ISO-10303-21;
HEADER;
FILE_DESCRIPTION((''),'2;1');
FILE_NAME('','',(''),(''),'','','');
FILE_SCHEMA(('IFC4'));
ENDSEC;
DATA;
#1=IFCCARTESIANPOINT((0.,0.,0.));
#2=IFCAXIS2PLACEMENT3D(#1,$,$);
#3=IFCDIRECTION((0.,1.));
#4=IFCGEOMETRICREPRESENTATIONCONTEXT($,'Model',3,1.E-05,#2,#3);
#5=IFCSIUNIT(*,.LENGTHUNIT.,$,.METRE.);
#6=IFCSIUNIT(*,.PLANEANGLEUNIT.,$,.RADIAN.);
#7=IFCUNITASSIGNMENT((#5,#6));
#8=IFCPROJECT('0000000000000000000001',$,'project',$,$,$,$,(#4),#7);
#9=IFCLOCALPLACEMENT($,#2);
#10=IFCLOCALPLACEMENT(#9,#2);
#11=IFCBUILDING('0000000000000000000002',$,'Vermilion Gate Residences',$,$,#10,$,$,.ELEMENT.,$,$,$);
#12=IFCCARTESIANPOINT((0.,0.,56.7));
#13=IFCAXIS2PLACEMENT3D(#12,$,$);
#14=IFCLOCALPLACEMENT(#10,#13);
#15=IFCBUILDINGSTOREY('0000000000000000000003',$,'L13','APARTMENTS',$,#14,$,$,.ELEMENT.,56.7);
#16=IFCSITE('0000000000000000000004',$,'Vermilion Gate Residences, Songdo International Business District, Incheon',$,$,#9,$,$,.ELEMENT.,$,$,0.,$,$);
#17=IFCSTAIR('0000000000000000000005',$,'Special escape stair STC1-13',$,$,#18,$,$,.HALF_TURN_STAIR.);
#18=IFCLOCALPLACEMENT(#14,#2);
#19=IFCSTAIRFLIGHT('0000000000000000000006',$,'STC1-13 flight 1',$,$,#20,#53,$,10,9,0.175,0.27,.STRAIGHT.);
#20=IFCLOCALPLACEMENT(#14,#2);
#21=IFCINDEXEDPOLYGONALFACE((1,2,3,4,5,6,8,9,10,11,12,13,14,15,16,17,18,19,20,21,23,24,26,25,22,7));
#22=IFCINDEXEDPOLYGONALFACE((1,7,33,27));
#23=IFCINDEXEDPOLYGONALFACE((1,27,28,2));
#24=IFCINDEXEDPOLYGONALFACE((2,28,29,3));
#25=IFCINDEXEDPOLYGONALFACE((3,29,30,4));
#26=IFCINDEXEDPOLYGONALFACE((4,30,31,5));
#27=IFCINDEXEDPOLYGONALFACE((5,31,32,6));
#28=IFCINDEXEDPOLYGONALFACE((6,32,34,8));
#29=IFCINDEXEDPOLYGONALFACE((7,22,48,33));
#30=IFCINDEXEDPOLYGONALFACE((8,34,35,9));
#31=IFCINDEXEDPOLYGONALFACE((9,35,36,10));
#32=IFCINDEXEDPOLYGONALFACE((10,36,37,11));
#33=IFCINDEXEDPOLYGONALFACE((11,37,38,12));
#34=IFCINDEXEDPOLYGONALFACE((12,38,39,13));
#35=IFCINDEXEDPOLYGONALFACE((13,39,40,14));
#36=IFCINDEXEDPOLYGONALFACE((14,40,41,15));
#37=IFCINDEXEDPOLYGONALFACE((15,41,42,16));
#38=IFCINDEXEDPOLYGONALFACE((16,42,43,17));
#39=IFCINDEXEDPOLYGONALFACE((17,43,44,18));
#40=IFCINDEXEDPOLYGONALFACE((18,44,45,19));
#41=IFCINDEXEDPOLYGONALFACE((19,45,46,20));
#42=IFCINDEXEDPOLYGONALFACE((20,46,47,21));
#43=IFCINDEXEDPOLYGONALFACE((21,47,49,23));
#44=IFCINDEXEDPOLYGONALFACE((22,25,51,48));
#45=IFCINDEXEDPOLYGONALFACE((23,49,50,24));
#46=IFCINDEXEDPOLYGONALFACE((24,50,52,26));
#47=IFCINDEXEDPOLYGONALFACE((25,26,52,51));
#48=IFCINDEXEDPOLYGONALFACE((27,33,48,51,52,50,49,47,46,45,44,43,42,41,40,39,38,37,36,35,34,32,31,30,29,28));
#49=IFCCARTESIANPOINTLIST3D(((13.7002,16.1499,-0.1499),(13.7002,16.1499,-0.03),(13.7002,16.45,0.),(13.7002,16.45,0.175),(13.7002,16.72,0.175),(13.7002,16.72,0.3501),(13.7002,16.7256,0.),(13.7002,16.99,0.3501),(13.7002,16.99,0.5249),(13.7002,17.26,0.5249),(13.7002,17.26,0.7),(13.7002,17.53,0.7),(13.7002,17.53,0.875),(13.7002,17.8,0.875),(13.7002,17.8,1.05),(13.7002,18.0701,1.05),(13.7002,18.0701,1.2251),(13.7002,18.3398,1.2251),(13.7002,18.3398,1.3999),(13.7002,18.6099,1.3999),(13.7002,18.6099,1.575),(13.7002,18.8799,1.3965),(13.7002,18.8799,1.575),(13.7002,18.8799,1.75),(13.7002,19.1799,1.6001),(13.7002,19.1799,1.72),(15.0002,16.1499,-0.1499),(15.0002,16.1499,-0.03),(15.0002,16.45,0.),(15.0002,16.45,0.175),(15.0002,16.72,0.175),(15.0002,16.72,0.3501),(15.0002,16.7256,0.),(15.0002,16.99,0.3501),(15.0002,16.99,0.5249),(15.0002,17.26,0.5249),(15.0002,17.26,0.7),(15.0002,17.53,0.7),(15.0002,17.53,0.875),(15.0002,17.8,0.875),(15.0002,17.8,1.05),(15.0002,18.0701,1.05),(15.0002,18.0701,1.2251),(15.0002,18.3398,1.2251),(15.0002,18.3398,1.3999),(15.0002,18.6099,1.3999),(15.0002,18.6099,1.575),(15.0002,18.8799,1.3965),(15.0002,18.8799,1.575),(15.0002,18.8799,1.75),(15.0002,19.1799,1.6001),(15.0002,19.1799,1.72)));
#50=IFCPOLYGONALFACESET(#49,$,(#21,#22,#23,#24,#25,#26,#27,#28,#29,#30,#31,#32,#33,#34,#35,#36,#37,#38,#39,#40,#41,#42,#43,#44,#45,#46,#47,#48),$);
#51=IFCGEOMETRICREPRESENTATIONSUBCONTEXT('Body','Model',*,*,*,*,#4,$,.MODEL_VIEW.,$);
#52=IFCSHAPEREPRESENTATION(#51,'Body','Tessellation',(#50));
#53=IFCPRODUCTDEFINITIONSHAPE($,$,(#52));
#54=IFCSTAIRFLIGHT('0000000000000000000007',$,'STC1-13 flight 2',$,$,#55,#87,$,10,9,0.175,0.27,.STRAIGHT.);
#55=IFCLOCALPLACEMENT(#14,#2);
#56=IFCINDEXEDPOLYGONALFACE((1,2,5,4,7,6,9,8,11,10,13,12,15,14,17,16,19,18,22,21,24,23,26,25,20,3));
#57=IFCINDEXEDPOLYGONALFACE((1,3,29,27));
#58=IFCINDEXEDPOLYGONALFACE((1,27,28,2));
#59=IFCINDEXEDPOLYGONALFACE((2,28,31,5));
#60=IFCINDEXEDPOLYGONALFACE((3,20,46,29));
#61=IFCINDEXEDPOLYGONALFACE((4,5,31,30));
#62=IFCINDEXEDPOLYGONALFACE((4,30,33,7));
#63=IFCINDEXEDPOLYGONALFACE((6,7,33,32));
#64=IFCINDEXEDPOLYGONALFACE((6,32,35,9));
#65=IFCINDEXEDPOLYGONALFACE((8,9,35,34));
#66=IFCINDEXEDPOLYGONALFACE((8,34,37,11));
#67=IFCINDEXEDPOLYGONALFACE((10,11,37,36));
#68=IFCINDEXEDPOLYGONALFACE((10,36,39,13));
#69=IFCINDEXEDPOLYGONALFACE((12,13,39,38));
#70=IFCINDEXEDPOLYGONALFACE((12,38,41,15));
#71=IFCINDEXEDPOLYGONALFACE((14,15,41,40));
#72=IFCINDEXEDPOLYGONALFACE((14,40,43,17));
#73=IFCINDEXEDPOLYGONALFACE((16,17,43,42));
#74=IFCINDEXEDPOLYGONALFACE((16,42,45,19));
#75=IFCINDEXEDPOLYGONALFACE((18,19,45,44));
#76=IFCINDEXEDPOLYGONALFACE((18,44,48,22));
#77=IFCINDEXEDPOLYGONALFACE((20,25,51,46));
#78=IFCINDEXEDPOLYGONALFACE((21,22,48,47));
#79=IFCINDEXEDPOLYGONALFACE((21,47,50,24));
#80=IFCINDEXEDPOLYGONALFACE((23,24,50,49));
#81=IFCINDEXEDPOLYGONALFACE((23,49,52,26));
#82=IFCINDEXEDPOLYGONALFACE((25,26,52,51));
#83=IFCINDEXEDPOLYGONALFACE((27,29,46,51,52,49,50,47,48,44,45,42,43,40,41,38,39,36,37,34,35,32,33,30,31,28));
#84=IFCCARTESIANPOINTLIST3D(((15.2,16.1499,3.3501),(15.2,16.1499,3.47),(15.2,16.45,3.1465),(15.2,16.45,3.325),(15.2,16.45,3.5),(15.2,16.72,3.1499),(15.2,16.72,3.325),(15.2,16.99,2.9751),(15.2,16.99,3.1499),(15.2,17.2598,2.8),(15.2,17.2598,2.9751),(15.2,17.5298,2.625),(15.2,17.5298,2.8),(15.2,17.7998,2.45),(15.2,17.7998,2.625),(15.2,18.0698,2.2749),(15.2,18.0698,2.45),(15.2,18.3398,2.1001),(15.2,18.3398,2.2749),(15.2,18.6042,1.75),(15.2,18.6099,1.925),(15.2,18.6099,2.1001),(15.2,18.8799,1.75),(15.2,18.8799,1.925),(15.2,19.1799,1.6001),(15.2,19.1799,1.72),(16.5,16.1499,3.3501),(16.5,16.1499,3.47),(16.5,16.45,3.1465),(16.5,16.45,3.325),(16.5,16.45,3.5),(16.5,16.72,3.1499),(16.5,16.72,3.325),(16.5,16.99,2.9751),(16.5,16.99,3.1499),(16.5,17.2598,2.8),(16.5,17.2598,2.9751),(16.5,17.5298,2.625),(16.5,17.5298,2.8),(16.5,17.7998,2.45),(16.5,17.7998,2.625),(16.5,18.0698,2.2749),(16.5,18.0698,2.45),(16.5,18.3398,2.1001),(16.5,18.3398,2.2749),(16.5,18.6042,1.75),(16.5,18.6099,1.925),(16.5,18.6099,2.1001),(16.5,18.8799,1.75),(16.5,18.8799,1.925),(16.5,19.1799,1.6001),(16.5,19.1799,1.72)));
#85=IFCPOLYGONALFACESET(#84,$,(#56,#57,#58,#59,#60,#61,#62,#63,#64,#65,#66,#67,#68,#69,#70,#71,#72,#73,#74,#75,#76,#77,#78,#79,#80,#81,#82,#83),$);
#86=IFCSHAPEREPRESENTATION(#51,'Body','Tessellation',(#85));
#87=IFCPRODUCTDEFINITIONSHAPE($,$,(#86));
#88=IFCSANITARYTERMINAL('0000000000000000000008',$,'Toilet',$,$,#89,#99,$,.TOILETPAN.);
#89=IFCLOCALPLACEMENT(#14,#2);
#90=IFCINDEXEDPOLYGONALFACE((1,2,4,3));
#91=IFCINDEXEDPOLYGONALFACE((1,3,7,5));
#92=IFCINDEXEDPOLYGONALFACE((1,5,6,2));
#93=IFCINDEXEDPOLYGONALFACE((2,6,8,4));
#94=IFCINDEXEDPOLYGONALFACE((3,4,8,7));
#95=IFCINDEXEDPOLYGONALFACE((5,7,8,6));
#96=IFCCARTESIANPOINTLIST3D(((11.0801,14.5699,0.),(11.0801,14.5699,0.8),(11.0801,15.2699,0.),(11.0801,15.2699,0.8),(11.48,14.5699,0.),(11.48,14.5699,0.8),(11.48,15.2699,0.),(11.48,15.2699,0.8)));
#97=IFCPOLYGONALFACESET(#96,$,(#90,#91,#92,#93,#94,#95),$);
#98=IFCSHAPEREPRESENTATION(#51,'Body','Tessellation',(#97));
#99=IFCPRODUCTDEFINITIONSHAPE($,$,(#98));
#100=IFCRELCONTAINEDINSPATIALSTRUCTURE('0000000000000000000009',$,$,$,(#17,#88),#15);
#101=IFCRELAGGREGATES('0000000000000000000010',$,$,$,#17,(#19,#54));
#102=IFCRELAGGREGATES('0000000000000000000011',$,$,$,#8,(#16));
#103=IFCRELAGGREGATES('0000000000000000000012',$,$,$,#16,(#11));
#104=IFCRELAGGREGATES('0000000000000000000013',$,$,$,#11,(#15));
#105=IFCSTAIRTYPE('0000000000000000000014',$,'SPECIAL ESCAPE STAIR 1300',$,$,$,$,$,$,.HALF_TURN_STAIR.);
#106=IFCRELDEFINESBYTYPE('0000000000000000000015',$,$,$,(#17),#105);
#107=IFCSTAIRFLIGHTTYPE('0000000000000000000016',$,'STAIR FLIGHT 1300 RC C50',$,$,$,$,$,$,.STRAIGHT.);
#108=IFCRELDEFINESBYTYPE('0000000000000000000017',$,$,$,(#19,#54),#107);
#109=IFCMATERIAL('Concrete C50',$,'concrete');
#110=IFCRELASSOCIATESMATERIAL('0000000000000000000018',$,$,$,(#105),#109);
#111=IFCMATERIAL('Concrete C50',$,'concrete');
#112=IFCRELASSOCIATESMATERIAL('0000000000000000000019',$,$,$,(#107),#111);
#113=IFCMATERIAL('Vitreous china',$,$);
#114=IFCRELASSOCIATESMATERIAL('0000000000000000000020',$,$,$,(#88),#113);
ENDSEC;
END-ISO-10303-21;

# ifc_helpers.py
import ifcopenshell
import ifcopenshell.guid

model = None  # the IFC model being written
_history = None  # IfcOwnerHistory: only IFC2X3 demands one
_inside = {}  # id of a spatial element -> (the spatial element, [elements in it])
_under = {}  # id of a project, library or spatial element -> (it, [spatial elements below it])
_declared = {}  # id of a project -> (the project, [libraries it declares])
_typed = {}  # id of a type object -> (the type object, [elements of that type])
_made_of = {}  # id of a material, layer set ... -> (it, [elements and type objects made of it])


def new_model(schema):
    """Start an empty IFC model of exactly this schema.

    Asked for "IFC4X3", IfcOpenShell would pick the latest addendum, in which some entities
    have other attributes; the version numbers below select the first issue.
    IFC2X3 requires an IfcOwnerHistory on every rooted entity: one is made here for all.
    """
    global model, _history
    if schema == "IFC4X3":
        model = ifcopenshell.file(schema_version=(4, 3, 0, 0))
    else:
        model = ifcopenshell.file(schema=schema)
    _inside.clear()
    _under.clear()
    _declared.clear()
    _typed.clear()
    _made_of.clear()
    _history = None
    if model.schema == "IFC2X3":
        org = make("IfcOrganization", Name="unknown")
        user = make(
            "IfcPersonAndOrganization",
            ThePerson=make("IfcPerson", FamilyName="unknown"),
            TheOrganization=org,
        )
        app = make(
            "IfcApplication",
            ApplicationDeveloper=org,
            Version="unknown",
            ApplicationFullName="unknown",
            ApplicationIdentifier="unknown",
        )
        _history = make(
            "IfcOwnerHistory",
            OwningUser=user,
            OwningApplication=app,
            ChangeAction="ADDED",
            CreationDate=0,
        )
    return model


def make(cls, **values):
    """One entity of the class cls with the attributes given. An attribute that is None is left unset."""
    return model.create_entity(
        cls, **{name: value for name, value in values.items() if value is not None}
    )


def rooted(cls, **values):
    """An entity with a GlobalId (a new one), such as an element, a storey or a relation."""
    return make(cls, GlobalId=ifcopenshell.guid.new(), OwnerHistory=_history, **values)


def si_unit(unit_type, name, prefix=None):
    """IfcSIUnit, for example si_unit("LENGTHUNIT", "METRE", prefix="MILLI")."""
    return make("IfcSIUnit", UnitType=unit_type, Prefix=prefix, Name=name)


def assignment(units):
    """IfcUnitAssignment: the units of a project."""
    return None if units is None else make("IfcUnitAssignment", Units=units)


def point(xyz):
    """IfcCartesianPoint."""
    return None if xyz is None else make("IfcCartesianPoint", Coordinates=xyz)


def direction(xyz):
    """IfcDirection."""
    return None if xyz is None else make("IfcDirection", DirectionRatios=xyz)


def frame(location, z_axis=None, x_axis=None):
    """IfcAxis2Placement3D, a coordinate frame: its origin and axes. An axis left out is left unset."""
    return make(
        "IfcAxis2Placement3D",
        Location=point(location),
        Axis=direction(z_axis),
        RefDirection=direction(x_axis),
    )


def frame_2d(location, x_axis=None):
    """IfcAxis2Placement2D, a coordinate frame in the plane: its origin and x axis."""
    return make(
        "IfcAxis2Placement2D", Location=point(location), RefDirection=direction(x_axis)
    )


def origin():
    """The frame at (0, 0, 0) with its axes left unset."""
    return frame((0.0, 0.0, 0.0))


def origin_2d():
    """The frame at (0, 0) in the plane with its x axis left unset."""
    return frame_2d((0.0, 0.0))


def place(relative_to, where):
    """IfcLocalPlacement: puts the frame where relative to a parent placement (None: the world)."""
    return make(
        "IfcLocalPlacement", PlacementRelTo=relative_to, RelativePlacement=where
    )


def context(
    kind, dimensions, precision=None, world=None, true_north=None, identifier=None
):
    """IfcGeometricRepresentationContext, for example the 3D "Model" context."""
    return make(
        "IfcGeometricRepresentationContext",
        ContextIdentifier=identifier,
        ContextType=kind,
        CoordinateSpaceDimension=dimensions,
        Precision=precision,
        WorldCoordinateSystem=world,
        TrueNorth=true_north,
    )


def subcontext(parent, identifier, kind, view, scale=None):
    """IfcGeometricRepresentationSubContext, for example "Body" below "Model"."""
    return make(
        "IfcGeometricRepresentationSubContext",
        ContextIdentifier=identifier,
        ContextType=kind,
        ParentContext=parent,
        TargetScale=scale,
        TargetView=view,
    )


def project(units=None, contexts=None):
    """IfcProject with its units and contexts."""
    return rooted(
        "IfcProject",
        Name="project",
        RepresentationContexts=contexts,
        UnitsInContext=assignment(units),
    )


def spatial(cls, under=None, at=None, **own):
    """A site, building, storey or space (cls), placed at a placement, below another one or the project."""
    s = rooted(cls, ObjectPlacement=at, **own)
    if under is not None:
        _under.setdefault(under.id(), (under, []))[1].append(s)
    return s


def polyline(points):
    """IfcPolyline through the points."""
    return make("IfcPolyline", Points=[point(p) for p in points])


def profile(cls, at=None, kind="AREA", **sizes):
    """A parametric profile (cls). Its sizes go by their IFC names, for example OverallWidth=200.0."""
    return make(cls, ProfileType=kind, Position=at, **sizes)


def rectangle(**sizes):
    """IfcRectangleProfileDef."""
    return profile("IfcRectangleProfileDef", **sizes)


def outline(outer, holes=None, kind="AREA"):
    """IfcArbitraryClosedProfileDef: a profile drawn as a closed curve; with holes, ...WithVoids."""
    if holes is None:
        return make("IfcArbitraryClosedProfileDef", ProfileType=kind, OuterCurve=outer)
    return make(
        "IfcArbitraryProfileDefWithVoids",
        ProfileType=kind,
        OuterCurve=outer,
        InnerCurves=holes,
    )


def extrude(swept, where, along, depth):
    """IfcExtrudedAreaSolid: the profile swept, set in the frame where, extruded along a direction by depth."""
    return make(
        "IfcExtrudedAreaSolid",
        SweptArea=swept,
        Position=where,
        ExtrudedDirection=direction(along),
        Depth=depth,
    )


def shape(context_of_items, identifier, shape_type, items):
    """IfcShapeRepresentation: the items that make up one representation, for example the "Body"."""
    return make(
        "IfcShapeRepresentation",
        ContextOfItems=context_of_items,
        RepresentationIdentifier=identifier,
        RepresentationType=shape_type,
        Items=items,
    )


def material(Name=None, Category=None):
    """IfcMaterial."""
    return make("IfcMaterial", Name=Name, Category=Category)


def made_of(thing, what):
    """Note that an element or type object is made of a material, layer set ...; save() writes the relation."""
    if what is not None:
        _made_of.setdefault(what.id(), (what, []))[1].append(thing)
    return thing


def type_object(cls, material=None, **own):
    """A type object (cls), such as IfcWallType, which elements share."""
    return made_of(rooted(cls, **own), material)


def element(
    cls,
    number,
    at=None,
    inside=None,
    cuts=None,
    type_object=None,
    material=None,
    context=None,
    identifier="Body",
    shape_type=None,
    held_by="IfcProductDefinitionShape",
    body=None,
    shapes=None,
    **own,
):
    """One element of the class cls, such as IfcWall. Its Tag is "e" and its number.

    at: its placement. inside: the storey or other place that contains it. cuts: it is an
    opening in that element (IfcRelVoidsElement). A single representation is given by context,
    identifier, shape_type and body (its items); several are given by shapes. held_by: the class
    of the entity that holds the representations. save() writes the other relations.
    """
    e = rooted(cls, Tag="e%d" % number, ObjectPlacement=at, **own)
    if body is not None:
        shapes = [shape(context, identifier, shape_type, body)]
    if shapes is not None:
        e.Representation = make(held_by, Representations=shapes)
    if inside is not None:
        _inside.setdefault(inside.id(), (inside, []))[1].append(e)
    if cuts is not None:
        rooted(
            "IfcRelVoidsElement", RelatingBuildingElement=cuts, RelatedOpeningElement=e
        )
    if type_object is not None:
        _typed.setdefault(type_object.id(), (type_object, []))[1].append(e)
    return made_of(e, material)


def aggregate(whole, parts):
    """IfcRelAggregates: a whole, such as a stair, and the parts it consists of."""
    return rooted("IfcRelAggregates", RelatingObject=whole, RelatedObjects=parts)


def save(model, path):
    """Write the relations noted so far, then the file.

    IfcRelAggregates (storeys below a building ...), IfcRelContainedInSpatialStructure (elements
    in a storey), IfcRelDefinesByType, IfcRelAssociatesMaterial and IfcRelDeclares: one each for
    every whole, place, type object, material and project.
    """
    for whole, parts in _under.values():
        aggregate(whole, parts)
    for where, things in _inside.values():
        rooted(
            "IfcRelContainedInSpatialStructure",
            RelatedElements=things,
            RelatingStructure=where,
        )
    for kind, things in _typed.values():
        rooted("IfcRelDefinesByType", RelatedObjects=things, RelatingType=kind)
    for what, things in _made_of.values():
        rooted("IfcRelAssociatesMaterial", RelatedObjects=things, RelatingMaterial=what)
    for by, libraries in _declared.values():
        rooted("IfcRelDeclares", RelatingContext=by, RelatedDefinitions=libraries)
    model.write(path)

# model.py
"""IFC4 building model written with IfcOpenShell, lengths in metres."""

from ifc_helpers import new_model, si_unit, direction, frame, origin, origin_2d, place, context, subcontext, project, spatial, polyline, rectangle, outline, extrude, material, type_object, element, aggregate, save


model = new_model("IFC4")

# Units and contexts
model_context = context("Model", 3, precision=1e-05, world=origin(), true_north=direction((0.0, 1.0)))
body_context = subcontext(model_context, "Body", "Model", "MODEL_VIEW")
ifc_project = project(units=[si_unit("LENGTHUNIT", "METRE"), si_unit("PLANEANGLEUNIT", "RADIAN")], contexts=[model_context])

# Site, building, storey
site_placement = place(None, origin())
site = spatial("IfcSite", under=ifc_project, at=site_placement, Name="Vermilion Gate Residences, Songdo International Business District, Incheon", CompositionType="ELEMENT", RefElevation=0.0)
building_placement = place(site_placement, origin())
building = spatial("IfcBuilding", under=site, at=building_placement, Name="Vermilion Gate Residences", CompositionType="ELEMENT")
storey_placement = place(building_placement, frame((0.0, 0.0, 56.7)))
storey = spatial("IfcBuildingStorey", under=building, at=storey_placement, Name="L13", Description="APARTMENTS", CompositionType="ELEMENT", Elevation=56.7)

# Stair, stair flights
ifc_material_1 = material(Name="Concrete C50", Category="concrete")
stair_type = type_object("IfcStairType", Name="SPECIAL ESCAPE STAIR 1300", PredefinedType="HALF_TURN_STAIR", material=ifc_material_1)
stair_placement = place(storey_placement, origin())
stair = element("IfcStair", 1, at=stair_placement, inside=storey, type_object=stair_type, Name="Special escape stair STC1-13", PredefinedType="HALF_TURN_STAIR")
ifc_material_2 = material(Name="Concrete C50", Category="concrete")
stair_flight_type = type_object("IfcStairFlightType", Name="STAIR FLIGHT 1300 RC C50", PredefinedType="STRAIGHT", material=ifc_material_2)
stair_flight_1_placement = place(storey_placement, frame((14.3501, 16.45, 0.0), z_axis=(0.0, 0.0, 1.0), x_axis=(0.0, 1.0, 0.0)))
stair_flight_1 = element("IfcStairFlight", 2, at=stair_flight_1_placement, type_object=stair_flight_type, Name="STC1-13 flight 1", NumberOfRisers=10, NumberOfTreads=9, PredefinedType="STRAIGHT", RiserHeight=0.175, TreadLength=0.27, context=body_context, shape_type="SweptSolid", body=[
    extrude(outline(polyline([(-0.3, -0.1499), (-0.3, -0.03), (0.0, 0.0), (0.0, 0.175), (0.27, 0.175), (0.27, 0.3501), (0.54, 0.3501), (0.54, 0.5249), (0.8101, 0.5249), (0.8101, 0.7), (1.0801, 0.7), (1.0801, 0.875), (1.3501, 0.875), (1.3501, 1.05), (1.6201, 1.05), (1.6201, 1.2251), (1.8899, 1.2251), (1.8899, 1.3999), (2.1599, 1.3999), (2.1599, 1.575), (2.4299, 1.575), (2.4299, 1.75), (2.73, 1.72), (2.73, 1.6001), (2.4299, 1.3965), (0.2756, 0.0), (-0.3, -0.1499)])), frame((0.0, 0.6499, 0.0), z_axis=(0.0, -1.0, 0.0), x_axis=(1.0, 0.0, 0.0)), (0.0, 0.0, 1.0), 1.3),
])
stair_flight_2_placement = place(storey_placement, frame((15.8501, 18.8799, 1.75), z_axis=(0.0, 0.0, 1.0), x_axis=(0.0, -1.0, 0.0)))
stair_flight_2 = element("IfcStairFlight", 3, at=stair_flight_2_placement, type_object=stair_flight_type, Name="STC1-13 flight 2", NumberOfRisers=10, NumberOfTreads=9, PredefinedType="STRAIGHT", RiserHeight=0.175, TreadLength=0.27, context=body_context, shape_type="SweptSolid", body=[
    extrude(outline(polyline([(-0.3, -0.1499), (-0.3, -0.03), (0.0, 0.0), (0.0, 0.175), (0.27, 0.175), (0.27, 0.3501), (0.54, 0.3501), (0.54, 0.5249), (0.8101, 0.5249), (0.8101, 0.7), (1.0801, 0.7), (1.0801, 0.875), (1.3501, 0.875), (1.3501, 1.05), (1.6201, 1.05), (1.6201, 1.2251), (1.8899, 1.2251), (1.8899, 1.3999), (2.1599, 1.3999), (2.1599, 1.575), (2.4299, 1.575), (2.4299, 1.75), (2.73, 1.72), (2.73, 1.6001), (2.4299, 1.3965), (0.2756, 0.0), (-0.3, -0.1499)])), frame((0.0, 0.6499, 0.0), z_axis=(0.0, -1.0, 0.0), x_axis=(1.0, 0.0, 0.0)), (0.0, 0.0, 1.0), 1.3),
])
aggregate(stair, [stair_flight_1, stair_flight_2])

# Sanitary terminal
ifc_material_3 = material(Name="Vitreous china")
sanitary_terminal_placement = place(storey_placement, frame((11.28, 14.9199, 0.0), z_axis=(0.0, 0.0, 1.0), x_axis=(1.0, 0.0, 0.0)))
element("IfcSanitaryTerminal", 4, at=sanitary_terminal_placement, inside=storey, material=ifc_material_3, Name="Toilet", PredefinedType="TOILETPAN", context=body_context, shape_type="SweptSolid", body=[
    extrude(rectangle(XDim=0.3999, YDim=0.7, at=origin_2d()), origin(), (0.0, 0.0, 1.0), 0.8),
])

save(model, "model.ifc")
